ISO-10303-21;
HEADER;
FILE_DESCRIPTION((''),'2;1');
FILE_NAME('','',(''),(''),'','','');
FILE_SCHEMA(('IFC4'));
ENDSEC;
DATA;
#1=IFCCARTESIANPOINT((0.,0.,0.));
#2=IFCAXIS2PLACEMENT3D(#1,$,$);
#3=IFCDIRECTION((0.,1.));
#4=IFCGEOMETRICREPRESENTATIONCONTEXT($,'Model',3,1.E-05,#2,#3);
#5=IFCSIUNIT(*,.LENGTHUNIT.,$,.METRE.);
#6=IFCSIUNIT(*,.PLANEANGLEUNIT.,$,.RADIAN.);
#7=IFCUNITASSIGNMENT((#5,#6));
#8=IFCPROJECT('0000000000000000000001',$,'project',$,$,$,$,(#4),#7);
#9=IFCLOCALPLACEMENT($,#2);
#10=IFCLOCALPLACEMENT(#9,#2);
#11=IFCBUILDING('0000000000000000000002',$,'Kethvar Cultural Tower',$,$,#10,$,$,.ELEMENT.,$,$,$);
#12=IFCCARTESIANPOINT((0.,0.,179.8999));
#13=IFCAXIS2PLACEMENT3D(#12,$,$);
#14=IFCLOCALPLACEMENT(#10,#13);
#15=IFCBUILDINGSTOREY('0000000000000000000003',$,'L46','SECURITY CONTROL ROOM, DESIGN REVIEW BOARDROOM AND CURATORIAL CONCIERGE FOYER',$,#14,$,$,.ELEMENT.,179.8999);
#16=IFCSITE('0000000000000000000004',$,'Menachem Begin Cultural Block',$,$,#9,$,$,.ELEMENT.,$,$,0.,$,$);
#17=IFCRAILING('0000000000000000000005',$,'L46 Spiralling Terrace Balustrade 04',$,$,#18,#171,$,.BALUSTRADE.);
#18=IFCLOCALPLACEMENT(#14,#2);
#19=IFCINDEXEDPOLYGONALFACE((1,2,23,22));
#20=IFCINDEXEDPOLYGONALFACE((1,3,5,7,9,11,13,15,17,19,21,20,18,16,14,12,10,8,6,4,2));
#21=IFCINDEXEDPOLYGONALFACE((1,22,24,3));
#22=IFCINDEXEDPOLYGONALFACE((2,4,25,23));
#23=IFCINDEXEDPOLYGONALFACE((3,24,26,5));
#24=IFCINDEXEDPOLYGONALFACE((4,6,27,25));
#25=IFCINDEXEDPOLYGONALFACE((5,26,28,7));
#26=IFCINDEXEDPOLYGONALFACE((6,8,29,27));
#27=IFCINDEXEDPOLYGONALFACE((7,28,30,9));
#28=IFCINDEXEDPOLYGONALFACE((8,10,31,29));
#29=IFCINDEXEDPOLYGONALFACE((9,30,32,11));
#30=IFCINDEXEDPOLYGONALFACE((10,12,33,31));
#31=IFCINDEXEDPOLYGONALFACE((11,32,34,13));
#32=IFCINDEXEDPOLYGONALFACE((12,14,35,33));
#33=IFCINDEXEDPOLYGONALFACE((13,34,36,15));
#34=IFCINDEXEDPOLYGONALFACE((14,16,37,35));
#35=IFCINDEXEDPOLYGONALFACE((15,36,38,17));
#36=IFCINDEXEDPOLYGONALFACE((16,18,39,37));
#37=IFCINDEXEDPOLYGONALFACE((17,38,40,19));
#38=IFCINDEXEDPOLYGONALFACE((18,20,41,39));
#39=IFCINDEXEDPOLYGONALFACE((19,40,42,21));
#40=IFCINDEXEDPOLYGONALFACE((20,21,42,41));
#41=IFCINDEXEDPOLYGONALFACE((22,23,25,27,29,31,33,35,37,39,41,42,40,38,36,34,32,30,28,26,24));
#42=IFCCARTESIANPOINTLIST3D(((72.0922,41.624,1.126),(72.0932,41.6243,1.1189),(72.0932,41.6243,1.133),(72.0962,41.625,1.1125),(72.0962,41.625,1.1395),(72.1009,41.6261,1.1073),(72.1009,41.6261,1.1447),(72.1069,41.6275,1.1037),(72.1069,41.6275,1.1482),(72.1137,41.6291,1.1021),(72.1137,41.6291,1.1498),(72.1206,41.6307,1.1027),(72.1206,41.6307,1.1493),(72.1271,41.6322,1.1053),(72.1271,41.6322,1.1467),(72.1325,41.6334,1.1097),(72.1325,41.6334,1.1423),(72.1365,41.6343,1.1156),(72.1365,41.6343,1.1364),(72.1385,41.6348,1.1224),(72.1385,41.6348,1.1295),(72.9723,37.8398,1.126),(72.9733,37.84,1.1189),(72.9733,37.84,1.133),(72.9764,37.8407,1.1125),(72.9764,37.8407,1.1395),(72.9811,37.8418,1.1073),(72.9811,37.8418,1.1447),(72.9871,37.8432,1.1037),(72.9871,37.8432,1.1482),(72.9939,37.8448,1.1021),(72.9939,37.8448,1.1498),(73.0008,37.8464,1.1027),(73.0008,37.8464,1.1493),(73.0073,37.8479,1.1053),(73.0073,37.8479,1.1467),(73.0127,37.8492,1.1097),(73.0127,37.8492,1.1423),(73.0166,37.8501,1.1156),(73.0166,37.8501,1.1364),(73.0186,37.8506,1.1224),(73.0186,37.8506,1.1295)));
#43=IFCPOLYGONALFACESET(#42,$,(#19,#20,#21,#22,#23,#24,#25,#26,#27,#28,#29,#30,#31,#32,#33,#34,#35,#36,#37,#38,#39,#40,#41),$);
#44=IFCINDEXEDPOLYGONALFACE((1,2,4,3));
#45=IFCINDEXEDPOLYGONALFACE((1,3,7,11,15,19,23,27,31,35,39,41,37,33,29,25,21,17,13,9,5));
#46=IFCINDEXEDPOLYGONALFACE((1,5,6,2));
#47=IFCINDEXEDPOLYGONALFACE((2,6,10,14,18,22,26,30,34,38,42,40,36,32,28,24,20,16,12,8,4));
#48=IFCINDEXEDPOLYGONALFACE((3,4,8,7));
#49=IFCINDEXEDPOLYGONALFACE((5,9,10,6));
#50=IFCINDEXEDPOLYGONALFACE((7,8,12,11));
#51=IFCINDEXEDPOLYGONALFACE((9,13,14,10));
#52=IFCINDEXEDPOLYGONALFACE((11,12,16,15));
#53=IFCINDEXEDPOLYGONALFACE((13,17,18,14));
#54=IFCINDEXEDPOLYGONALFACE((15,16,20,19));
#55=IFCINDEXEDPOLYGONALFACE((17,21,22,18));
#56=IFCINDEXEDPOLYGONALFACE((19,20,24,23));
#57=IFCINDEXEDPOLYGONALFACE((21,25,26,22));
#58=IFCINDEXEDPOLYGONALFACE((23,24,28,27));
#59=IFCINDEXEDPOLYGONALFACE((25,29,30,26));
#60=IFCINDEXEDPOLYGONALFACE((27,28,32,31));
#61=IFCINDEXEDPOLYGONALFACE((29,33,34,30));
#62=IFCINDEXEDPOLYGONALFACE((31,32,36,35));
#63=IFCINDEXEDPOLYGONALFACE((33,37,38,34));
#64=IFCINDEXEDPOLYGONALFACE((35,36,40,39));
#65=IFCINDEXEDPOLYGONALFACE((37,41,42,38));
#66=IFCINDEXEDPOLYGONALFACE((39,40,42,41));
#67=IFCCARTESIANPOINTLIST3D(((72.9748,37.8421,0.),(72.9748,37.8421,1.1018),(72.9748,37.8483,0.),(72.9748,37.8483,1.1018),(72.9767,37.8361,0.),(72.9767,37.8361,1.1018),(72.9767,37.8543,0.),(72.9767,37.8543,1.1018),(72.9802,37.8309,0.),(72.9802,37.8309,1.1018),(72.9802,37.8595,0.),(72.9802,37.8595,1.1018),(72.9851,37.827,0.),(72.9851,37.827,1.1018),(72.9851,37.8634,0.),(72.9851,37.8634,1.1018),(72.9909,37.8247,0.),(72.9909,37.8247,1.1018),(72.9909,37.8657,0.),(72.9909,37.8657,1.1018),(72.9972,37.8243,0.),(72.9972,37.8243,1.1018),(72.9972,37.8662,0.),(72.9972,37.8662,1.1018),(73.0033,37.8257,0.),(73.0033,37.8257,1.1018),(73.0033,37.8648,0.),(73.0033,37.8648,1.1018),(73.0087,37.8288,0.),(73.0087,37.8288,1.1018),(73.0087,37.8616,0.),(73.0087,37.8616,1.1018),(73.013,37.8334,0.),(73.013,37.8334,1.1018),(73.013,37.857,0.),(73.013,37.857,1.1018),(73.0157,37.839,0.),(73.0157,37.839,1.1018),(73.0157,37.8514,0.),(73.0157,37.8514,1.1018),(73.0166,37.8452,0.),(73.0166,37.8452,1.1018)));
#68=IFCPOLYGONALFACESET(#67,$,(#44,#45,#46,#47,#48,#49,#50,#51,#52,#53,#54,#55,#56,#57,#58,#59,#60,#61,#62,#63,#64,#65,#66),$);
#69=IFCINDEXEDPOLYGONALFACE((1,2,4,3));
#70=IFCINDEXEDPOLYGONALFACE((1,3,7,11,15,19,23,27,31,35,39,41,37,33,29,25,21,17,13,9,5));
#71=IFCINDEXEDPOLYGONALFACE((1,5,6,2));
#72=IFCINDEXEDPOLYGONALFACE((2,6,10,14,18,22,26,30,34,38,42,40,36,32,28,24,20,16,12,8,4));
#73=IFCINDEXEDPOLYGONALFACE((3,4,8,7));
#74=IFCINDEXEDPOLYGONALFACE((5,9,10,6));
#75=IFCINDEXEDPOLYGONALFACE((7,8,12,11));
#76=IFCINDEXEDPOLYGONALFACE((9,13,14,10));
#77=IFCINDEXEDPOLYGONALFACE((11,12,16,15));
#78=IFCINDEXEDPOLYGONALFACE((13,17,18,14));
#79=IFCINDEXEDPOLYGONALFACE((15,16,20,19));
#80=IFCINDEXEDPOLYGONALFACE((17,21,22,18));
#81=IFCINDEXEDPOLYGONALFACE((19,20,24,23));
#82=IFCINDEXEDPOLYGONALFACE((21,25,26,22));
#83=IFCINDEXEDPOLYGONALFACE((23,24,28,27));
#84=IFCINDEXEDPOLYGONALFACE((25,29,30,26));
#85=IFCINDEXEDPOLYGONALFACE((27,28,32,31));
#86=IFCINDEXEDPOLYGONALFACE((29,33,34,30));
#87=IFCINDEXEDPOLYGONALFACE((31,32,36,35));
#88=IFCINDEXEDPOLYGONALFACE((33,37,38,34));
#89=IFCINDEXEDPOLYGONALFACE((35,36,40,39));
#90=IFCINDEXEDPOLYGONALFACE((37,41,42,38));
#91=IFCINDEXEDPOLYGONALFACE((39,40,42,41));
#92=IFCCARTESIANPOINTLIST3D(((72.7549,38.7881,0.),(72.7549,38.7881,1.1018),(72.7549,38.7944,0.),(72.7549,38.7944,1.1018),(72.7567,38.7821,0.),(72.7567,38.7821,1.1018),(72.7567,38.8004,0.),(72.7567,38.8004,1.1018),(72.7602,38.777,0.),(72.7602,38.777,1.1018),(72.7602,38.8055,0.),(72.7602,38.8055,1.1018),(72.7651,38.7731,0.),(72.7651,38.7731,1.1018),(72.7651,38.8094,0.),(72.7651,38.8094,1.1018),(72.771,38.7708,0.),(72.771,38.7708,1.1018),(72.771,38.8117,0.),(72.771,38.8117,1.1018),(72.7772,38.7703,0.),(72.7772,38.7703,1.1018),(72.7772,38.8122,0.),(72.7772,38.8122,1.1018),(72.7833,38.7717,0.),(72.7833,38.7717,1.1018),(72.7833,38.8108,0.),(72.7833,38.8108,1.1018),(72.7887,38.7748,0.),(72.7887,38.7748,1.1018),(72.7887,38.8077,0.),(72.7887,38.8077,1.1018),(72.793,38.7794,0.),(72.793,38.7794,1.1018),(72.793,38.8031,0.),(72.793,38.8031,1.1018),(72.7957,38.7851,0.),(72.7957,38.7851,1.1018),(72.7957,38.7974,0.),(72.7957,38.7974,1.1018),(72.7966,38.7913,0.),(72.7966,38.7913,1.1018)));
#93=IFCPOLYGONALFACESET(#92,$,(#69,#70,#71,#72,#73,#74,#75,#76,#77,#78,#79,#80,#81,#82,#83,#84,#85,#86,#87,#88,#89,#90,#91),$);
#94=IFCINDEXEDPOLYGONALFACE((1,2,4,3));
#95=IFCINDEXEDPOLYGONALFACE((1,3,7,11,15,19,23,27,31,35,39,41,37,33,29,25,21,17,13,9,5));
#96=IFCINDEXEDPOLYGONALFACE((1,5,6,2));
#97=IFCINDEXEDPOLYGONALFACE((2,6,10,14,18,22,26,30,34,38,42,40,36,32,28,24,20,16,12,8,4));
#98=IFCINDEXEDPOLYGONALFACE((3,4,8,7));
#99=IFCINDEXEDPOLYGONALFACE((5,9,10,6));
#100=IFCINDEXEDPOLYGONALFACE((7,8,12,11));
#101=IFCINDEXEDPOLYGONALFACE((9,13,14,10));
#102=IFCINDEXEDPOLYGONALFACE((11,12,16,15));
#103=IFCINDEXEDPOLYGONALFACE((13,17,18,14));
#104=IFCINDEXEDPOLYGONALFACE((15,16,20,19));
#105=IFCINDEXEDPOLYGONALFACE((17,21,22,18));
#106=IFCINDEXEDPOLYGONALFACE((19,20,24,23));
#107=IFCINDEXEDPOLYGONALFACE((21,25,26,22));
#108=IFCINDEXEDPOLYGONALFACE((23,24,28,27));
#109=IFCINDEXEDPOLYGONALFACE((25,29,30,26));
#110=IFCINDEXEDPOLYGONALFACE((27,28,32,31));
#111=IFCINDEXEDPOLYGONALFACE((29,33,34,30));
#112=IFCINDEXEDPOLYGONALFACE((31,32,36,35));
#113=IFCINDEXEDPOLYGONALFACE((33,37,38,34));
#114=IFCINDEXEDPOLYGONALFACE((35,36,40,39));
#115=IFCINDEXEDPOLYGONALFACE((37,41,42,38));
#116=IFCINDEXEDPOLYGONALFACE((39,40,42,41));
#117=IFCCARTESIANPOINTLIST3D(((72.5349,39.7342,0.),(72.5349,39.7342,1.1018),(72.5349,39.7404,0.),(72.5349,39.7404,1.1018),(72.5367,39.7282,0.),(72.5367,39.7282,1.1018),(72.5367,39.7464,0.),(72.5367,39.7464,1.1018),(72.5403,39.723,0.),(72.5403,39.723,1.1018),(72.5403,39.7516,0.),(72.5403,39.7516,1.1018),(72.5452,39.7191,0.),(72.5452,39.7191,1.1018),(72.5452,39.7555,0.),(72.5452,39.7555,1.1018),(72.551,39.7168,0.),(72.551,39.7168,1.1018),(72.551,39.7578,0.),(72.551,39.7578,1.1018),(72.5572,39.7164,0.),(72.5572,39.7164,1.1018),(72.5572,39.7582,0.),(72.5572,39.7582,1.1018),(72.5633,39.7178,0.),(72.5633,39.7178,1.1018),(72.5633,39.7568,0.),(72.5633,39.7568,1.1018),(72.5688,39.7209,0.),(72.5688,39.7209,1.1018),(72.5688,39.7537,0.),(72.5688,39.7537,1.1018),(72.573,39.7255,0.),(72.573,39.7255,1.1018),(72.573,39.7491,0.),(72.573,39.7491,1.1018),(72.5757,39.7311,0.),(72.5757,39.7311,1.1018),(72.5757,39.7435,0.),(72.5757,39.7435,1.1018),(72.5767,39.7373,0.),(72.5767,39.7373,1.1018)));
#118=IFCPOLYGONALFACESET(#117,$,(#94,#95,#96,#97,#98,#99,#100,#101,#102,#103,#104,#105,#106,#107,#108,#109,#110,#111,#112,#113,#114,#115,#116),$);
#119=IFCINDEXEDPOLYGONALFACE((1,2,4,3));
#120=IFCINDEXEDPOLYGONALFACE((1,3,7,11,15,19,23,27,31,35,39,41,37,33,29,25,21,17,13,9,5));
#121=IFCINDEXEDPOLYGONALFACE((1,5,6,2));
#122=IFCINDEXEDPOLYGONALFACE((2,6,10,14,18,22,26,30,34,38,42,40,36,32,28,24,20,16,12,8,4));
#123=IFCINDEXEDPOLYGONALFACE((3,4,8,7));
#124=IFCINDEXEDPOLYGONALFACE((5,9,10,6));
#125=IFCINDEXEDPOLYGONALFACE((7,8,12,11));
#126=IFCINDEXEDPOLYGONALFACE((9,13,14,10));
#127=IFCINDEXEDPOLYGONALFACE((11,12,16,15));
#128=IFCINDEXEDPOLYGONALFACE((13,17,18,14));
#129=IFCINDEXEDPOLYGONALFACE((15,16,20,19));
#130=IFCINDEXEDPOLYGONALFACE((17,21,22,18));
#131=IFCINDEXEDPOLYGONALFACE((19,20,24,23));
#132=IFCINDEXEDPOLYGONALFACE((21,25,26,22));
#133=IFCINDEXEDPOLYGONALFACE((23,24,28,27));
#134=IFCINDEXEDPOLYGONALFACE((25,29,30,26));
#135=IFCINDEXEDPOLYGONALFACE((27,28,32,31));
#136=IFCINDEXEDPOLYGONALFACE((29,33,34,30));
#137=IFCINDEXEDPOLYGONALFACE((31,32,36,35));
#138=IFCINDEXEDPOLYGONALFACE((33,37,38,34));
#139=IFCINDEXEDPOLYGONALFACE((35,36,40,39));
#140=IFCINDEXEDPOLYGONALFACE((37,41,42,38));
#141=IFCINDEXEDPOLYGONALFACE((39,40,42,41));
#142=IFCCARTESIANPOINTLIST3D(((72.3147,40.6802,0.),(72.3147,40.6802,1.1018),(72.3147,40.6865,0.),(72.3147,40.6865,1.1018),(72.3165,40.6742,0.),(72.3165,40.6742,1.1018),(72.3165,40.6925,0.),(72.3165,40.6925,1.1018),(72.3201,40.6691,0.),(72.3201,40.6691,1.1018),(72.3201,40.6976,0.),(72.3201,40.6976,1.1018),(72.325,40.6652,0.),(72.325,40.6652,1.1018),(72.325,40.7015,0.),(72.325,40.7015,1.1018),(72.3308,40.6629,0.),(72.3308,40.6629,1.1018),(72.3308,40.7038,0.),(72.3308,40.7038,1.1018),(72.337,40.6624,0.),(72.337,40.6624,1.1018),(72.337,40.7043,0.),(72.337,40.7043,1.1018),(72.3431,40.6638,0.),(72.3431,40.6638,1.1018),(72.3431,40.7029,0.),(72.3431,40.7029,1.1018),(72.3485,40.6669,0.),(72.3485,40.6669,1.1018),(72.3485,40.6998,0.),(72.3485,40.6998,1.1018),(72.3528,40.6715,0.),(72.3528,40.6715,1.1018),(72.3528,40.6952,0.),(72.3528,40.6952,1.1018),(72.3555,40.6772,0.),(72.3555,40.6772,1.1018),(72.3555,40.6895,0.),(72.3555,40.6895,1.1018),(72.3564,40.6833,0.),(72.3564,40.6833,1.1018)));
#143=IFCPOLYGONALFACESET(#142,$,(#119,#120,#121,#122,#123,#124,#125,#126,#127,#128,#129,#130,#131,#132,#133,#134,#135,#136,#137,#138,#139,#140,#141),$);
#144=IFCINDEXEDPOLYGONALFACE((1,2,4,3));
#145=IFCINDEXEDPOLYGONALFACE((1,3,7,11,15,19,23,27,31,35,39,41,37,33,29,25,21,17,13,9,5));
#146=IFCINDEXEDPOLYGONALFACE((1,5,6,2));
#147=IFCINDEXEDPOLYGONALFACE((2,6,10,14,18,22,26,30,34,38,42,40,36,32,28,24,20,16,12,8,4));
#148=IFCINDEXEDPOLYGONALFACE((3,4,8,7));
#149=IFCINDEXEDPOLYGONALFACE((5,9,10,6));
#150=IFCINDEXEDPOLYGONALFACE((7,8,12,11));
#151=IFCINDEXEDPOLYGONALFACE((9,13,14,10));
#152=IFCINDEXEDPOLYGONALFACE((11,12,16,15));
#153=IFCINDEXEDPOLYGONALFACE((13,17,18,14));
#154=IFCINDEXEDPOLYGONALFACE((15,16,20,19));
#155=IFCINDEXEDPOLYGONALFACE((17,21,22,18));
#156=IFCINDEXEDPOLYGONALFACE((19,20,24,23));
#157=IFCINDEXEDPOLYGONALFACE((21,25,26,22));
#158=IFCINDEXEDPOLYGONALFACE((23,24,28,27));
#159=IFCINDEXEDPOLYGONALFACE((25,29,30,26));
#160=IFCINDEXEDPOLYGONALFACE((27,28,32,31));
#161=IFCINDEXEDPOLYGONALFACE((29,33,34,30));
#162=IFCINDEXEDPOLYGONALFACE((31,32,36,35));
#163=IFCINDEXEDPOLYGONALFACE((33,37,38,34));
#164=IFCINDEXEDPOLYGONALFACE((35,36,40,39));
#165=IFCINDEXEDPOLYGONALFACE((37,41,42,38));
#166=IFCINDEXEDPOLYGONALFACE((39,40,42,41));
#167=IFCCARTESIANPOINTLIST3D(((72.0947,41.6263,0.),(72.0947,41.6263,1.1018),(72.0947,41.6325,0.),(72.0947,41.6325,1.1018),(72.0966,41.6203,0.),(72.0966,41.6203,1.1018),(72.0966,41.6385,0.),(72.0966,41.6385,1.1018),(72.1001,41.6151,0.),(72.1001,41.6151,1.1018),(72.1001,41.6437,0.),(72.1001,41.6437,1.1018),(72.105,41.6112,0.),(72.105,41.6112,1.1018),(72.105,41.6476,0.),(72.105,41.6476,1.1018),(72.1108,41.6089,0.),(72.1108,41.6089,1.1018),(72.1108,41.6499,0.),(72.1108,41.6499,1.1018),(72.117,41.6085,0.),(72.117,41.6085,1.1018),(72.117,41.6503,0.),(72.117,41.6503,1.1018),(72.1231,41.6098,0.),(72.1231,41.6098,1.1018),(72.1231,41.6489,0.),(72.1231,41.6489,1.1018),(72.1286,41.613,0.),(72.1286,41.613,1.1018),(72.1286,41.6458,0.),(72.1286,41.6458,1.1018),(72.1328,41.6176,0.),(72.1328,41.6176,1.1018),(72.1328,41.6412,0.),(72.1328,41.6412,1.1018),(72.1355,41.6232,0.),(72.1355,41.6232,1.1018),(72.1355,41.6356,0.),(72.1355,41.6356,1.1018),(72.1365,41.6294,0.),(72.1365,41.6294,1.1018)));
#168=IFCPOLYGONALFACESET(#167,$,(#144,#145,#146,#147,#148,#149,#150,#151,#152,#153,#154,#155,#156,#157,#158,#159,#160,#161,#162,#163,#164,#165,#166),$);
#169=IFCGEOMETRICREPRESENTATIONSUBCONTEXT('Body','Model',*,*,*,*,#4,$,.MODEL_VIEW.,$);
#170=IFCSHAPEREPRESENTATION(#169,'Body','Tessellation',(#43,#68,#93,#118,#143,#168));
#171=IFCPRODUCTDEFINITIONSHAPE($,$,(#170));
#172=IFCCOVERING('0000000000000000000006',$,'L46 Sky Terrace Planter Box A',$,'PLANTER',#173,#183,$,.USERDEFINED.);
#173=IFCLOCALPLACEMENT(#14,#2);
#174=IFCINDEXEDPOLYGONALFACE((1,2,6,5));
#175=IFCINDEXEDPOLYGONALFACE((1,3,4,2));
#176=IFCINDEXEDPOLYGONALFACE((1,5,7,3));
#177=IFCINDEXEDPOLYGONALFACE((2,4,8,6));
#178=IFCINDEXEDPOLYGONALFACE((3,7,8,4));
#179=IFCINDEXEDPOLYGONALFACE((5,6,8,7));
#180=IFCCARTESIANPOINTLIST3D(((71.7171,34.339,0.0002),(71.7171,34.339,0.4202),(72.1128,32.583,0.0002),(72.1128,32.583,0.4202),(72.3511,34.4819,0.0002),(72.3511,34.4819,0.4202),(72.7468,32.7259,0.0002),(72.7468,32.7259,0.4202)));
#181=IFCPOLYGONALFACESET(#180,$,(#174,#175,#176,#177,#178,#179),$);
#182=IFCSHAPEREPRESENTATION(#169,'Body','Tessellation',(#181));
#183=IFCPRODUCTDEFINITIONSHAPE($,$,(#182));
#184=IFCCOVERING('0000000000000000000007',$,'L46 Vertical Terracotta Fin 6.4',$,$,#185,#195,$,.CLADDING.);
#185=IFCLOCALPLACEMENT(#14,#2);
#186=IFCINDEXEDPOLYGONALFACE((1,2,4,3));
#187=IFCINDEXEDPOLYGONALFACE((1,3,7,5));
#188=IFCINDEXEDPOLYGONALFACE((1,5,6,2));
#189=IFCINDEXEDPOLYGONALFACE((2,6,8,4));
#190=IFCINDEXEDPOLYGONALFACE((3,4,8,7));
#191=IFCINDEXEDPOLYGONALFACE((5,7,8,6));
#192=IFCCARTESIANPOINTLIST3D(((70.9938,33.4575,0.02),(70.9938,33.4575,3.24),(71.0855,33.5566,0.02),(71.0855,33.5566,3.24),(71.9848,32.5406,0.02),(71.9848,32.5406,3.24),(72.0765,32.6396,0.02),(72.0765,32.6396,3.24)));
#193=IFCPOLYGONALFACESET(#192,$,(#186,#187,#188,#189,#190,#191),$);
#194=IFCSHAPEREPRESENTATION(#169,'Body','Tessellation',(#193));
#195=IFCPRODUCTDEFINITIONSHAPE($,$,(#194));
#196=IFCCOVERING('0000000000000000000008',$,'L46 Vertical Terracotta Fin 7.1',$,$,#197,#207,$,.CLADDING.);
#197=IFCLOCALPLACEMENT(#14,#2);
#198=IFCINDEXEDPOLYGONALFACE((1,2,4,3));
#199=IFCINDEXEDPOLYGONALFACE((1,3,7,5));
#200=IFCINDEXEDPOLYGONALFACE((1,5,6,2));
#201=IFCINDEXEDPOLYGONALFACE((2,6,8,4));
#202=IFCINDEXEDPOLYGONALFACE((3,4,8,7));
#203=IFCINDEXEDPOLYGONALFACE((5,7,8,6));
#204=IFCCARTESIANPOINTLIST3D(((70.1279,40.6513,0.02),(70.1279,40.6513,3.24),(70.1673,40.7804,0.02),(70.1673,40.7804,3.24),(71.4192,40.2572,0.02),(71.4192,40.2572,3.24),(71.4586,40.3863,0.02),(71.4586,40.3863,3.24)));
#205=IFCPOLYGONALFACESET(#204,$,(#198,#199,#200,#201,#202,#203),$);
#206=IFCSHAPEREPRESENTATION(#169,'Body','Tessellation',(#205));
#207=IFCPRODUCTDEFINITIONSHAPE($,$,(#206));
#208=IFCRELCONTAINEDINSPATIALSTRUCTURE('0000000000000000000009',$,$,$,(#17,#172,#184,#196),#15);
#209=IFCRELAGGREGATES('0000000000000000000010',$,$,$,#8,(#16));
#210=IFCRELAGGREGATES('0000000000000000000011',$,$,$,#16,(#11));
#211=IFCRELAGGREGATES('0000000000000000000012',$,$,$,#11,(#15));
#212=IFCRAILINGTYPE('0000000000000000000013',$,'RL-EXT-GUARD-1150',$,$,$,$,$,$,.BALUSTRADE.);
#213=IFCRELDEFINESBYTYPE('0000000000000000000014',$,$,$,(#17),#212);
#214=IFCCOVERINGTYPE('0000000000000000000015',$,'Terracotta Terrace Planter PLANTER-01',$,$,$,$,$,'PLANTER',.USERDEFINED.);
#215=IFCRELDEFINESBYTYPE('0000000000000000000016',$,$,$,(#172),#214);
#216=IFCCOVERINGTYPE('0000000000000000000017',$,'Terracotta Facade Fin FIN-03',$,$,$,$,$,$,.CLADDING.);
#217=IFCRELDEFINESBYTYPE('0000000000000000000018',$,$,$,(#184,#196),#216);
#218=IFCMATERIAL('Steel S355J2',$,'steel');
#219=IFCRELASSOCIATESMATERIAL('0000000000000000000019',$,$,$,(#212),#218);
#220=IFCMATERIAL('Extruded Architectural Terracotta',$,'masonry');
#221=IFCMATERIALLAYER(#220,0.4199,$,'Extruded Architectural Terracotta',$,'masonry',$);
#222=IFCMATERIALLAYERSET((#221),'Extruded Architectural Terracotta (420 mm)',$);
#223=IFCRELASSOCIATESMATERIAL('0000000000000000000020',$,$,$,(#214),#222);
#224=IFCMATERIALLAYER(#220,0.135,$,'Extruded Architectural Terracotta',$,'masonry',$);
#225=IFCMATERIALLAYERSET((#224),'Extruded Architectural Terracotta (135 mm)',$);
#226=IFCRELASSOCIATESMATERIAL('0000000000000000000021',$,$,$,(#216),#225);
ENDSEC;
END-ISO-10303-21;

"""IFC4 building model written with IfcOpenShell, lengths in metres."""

from ifc_helpers import new_model, si_unit, direction, frame, origin, origin_2d, place, context, subcontext, project, spatial, rectangle, circle, extrude, source, transform, mapped, material, layer, layer_set, type_object, element, save


model = new_model("IFC4")

# Units and contexts
model_context = context("Model", 3, precision=1e-05, world=origin(), true_north=direction((0.0, 1.0)))
body_context = subcontext(model_context, "Body", "Model", "MODEL_VIEW")
ifc_project = project(units=[si_unit("LENGTHUNIT", "METRE"), si_unit("PLANEANGLEUNIT", "RADIAN")], contexts=[model_context])

# Site, building, storey
site_placement = place(None, origin())
site = spatial("IfcSite", under=ifc_project, at=site_placement, Name="Menachem Begin Cultural Block", CompositionType="ELEMENT", RefElevation=0.0)
building_placement = place(site_placement, origin())
building = spatial("IfcBuilding", under=site, at=building_placement, Name="Kethvar Cultural Tower", CompositionType="ELEMENT")
storey_placement = place(building_placement, frame((0.0, 0.0, 179.8999)))
storey = spatial("IfcBuildingStorey", under=building, at=storey_placement, Name="L46", Description="SECURITY CONTROL ROOM, DESIGN REVIEW BOARDROOM AND CURATORIAL CONCIERGE FOYER", CompositionType="ELEMENT", Elevation=179.8999)

# Shared definitions
ifc_material_1 = material(Name="Steel S355J2", Category="steel")

# Railing
railing_type = type_object("IfcRailingType", Name="RL-EXT-GUARD-1150", PredefinedType="BALUSTRADE", material=ifc_material_1)
railing_1_placement = place(storey_placement, frame((72.9956, 37.8452, 0.0)))
element("IfcRailing", 1, at=railing_1_placement, inside=storey, type_object=railing_type, Name="L46 Spiralling Terrace Balustrade 04", PredefinedType="BALUSTRADE", context=body_context, shape_type="SweptSolid", body=[
    extrude(circle(Radius=0.0239, at=origin_2d()), frame((0.0, 0.0, 1.126), z_axis=(-0.226534, 0.974003, 0.0), x_axis=(-0.974003, -0.226534, 0.0)), (0.0, 0.0, 1.0), 3.8853),
    extrude(circle(Radius=0.021, at=origin_2d()), origin(), (0.0, 0.0, 1.0), 1.1018),
    extrude(circle(Radius=0.021, at=origin_2d()), frame((-0.22, 0.946, 0.0)), (0.0, 0.0, 1.0), 1.1018),
    extrude(circle(Radius=0.021, at=origin_2d()), frame((-0.4399, 1.8921, 0.0)), (0.0, 0.0, 1.0), 1.1018),
    extrude(circle(Radius=0.021, at=origin_2d()), frame((-0.6602, 2.8381, 0.0)), (0.0, 0.0, 1.0), 1.1018),
    extrude(circle(Radius=0.021, at=origin_2d()), frame((-0.8801, 3.7842, 0.0)), (0.0, 0.0, 1.0), 1.1018),
])

# Coverings
ifc_material_2 = material(Name="Extruded Architectural Terracotta", Category="masonry")
ifc_layer_1 = layer(ifc_material_2, 0.4199, Name="Extruded Architectural Terracotta", Category="masonry")
ifc_layer_set_1 = layer_set([ifc_layer_1], Name="Extruded Architectural Terracotta (420 mm)")
covering_type_1 = type_object("IfcCoveringType", Name="Terracotta Terrace Planter PLANTER-01", ElementType="PLANTER", PredefinedType="USERDEFINED", material=ifc_layer_set_1)
shared_shape_1 = source(origin(), body_context, "Body", "SweptSolid", [
    extrude(rectangle(XDim=1.8, YDim=0.6499, at=origin_2d()), origin(), (0.0, 0.0, 1.0), 0.4199),
])
covering_placement = place(storey_placement, frame((72.2319, 33.5325, 0.0002), z_axis=(0.0, 0.0, 1.0), x_axis=(-0.219846, 0.975535, 0.0)))
element("IfcCovering", 2, at=covering_placement, inside=storey, type_object=covering_type_1, Name="L46 Sky Terrace Planter Box A", ObjectType="PLANTER", PredefinedType="USERDEFINED", context=body_context, shape_type="MappedRepresentation", body=[
    mapped(shared_shape_1, transform((0.0, 0.0, 0.0), scale=1.0)),
])
ifc_layer_2 = layer(ifc_material_2, 0.135, Name="Extruded Architectural Terracotta", Category="masonry")
ifc_layer_set_2 = layer_set([ifc_layer_2], Name="Extruded Architectural Terracotta (135 mm)")
covering_type_2 = type_object("IfcCoveringType", Name="Terracotta Facade Fin FIN-03", PredefinedType="CLADDING", material=ifc_layer_set_2)
shared_shape_2 = source(origin(), body_context, "Body", "SweptSolid", [
    extrude(rectangle(XDim=1.3501, YDim=0.135, at=origin_2d()), origin(), (0.0, 0.0, 1.0), 3.22),
])
for number, where, z_axis, x_axis, name in (
    (3, (71.5352, 33.0486, 0.02), (0.0, 0.0, 1.0), (0.733967, -0.679185, 0.0), "L46 Vertical Terracotta Fin 6.4"),
    (4, (70.7932, 40.5188, 0.02), (0.0, 0.0, 1.0), (0.956458, -0.291871, 0.0), "L46 Vertical Terracotta Fin 7.1"),
):
    element("IfcCovering", number, at=place(storey_placement, frame(where, z_axis=z_axis, x_axis=x_axis)), inside=storey, type_object=covering_type_2, Name=name, PredefinedType="CLADDING", context=body_context, shape_type="MappedRepresentation", body=[
        mapped(shared_shape_2, transform((0.0, 0.0, 0.0), scale=1.0)),
    ])

save(model, "model.ifc")
